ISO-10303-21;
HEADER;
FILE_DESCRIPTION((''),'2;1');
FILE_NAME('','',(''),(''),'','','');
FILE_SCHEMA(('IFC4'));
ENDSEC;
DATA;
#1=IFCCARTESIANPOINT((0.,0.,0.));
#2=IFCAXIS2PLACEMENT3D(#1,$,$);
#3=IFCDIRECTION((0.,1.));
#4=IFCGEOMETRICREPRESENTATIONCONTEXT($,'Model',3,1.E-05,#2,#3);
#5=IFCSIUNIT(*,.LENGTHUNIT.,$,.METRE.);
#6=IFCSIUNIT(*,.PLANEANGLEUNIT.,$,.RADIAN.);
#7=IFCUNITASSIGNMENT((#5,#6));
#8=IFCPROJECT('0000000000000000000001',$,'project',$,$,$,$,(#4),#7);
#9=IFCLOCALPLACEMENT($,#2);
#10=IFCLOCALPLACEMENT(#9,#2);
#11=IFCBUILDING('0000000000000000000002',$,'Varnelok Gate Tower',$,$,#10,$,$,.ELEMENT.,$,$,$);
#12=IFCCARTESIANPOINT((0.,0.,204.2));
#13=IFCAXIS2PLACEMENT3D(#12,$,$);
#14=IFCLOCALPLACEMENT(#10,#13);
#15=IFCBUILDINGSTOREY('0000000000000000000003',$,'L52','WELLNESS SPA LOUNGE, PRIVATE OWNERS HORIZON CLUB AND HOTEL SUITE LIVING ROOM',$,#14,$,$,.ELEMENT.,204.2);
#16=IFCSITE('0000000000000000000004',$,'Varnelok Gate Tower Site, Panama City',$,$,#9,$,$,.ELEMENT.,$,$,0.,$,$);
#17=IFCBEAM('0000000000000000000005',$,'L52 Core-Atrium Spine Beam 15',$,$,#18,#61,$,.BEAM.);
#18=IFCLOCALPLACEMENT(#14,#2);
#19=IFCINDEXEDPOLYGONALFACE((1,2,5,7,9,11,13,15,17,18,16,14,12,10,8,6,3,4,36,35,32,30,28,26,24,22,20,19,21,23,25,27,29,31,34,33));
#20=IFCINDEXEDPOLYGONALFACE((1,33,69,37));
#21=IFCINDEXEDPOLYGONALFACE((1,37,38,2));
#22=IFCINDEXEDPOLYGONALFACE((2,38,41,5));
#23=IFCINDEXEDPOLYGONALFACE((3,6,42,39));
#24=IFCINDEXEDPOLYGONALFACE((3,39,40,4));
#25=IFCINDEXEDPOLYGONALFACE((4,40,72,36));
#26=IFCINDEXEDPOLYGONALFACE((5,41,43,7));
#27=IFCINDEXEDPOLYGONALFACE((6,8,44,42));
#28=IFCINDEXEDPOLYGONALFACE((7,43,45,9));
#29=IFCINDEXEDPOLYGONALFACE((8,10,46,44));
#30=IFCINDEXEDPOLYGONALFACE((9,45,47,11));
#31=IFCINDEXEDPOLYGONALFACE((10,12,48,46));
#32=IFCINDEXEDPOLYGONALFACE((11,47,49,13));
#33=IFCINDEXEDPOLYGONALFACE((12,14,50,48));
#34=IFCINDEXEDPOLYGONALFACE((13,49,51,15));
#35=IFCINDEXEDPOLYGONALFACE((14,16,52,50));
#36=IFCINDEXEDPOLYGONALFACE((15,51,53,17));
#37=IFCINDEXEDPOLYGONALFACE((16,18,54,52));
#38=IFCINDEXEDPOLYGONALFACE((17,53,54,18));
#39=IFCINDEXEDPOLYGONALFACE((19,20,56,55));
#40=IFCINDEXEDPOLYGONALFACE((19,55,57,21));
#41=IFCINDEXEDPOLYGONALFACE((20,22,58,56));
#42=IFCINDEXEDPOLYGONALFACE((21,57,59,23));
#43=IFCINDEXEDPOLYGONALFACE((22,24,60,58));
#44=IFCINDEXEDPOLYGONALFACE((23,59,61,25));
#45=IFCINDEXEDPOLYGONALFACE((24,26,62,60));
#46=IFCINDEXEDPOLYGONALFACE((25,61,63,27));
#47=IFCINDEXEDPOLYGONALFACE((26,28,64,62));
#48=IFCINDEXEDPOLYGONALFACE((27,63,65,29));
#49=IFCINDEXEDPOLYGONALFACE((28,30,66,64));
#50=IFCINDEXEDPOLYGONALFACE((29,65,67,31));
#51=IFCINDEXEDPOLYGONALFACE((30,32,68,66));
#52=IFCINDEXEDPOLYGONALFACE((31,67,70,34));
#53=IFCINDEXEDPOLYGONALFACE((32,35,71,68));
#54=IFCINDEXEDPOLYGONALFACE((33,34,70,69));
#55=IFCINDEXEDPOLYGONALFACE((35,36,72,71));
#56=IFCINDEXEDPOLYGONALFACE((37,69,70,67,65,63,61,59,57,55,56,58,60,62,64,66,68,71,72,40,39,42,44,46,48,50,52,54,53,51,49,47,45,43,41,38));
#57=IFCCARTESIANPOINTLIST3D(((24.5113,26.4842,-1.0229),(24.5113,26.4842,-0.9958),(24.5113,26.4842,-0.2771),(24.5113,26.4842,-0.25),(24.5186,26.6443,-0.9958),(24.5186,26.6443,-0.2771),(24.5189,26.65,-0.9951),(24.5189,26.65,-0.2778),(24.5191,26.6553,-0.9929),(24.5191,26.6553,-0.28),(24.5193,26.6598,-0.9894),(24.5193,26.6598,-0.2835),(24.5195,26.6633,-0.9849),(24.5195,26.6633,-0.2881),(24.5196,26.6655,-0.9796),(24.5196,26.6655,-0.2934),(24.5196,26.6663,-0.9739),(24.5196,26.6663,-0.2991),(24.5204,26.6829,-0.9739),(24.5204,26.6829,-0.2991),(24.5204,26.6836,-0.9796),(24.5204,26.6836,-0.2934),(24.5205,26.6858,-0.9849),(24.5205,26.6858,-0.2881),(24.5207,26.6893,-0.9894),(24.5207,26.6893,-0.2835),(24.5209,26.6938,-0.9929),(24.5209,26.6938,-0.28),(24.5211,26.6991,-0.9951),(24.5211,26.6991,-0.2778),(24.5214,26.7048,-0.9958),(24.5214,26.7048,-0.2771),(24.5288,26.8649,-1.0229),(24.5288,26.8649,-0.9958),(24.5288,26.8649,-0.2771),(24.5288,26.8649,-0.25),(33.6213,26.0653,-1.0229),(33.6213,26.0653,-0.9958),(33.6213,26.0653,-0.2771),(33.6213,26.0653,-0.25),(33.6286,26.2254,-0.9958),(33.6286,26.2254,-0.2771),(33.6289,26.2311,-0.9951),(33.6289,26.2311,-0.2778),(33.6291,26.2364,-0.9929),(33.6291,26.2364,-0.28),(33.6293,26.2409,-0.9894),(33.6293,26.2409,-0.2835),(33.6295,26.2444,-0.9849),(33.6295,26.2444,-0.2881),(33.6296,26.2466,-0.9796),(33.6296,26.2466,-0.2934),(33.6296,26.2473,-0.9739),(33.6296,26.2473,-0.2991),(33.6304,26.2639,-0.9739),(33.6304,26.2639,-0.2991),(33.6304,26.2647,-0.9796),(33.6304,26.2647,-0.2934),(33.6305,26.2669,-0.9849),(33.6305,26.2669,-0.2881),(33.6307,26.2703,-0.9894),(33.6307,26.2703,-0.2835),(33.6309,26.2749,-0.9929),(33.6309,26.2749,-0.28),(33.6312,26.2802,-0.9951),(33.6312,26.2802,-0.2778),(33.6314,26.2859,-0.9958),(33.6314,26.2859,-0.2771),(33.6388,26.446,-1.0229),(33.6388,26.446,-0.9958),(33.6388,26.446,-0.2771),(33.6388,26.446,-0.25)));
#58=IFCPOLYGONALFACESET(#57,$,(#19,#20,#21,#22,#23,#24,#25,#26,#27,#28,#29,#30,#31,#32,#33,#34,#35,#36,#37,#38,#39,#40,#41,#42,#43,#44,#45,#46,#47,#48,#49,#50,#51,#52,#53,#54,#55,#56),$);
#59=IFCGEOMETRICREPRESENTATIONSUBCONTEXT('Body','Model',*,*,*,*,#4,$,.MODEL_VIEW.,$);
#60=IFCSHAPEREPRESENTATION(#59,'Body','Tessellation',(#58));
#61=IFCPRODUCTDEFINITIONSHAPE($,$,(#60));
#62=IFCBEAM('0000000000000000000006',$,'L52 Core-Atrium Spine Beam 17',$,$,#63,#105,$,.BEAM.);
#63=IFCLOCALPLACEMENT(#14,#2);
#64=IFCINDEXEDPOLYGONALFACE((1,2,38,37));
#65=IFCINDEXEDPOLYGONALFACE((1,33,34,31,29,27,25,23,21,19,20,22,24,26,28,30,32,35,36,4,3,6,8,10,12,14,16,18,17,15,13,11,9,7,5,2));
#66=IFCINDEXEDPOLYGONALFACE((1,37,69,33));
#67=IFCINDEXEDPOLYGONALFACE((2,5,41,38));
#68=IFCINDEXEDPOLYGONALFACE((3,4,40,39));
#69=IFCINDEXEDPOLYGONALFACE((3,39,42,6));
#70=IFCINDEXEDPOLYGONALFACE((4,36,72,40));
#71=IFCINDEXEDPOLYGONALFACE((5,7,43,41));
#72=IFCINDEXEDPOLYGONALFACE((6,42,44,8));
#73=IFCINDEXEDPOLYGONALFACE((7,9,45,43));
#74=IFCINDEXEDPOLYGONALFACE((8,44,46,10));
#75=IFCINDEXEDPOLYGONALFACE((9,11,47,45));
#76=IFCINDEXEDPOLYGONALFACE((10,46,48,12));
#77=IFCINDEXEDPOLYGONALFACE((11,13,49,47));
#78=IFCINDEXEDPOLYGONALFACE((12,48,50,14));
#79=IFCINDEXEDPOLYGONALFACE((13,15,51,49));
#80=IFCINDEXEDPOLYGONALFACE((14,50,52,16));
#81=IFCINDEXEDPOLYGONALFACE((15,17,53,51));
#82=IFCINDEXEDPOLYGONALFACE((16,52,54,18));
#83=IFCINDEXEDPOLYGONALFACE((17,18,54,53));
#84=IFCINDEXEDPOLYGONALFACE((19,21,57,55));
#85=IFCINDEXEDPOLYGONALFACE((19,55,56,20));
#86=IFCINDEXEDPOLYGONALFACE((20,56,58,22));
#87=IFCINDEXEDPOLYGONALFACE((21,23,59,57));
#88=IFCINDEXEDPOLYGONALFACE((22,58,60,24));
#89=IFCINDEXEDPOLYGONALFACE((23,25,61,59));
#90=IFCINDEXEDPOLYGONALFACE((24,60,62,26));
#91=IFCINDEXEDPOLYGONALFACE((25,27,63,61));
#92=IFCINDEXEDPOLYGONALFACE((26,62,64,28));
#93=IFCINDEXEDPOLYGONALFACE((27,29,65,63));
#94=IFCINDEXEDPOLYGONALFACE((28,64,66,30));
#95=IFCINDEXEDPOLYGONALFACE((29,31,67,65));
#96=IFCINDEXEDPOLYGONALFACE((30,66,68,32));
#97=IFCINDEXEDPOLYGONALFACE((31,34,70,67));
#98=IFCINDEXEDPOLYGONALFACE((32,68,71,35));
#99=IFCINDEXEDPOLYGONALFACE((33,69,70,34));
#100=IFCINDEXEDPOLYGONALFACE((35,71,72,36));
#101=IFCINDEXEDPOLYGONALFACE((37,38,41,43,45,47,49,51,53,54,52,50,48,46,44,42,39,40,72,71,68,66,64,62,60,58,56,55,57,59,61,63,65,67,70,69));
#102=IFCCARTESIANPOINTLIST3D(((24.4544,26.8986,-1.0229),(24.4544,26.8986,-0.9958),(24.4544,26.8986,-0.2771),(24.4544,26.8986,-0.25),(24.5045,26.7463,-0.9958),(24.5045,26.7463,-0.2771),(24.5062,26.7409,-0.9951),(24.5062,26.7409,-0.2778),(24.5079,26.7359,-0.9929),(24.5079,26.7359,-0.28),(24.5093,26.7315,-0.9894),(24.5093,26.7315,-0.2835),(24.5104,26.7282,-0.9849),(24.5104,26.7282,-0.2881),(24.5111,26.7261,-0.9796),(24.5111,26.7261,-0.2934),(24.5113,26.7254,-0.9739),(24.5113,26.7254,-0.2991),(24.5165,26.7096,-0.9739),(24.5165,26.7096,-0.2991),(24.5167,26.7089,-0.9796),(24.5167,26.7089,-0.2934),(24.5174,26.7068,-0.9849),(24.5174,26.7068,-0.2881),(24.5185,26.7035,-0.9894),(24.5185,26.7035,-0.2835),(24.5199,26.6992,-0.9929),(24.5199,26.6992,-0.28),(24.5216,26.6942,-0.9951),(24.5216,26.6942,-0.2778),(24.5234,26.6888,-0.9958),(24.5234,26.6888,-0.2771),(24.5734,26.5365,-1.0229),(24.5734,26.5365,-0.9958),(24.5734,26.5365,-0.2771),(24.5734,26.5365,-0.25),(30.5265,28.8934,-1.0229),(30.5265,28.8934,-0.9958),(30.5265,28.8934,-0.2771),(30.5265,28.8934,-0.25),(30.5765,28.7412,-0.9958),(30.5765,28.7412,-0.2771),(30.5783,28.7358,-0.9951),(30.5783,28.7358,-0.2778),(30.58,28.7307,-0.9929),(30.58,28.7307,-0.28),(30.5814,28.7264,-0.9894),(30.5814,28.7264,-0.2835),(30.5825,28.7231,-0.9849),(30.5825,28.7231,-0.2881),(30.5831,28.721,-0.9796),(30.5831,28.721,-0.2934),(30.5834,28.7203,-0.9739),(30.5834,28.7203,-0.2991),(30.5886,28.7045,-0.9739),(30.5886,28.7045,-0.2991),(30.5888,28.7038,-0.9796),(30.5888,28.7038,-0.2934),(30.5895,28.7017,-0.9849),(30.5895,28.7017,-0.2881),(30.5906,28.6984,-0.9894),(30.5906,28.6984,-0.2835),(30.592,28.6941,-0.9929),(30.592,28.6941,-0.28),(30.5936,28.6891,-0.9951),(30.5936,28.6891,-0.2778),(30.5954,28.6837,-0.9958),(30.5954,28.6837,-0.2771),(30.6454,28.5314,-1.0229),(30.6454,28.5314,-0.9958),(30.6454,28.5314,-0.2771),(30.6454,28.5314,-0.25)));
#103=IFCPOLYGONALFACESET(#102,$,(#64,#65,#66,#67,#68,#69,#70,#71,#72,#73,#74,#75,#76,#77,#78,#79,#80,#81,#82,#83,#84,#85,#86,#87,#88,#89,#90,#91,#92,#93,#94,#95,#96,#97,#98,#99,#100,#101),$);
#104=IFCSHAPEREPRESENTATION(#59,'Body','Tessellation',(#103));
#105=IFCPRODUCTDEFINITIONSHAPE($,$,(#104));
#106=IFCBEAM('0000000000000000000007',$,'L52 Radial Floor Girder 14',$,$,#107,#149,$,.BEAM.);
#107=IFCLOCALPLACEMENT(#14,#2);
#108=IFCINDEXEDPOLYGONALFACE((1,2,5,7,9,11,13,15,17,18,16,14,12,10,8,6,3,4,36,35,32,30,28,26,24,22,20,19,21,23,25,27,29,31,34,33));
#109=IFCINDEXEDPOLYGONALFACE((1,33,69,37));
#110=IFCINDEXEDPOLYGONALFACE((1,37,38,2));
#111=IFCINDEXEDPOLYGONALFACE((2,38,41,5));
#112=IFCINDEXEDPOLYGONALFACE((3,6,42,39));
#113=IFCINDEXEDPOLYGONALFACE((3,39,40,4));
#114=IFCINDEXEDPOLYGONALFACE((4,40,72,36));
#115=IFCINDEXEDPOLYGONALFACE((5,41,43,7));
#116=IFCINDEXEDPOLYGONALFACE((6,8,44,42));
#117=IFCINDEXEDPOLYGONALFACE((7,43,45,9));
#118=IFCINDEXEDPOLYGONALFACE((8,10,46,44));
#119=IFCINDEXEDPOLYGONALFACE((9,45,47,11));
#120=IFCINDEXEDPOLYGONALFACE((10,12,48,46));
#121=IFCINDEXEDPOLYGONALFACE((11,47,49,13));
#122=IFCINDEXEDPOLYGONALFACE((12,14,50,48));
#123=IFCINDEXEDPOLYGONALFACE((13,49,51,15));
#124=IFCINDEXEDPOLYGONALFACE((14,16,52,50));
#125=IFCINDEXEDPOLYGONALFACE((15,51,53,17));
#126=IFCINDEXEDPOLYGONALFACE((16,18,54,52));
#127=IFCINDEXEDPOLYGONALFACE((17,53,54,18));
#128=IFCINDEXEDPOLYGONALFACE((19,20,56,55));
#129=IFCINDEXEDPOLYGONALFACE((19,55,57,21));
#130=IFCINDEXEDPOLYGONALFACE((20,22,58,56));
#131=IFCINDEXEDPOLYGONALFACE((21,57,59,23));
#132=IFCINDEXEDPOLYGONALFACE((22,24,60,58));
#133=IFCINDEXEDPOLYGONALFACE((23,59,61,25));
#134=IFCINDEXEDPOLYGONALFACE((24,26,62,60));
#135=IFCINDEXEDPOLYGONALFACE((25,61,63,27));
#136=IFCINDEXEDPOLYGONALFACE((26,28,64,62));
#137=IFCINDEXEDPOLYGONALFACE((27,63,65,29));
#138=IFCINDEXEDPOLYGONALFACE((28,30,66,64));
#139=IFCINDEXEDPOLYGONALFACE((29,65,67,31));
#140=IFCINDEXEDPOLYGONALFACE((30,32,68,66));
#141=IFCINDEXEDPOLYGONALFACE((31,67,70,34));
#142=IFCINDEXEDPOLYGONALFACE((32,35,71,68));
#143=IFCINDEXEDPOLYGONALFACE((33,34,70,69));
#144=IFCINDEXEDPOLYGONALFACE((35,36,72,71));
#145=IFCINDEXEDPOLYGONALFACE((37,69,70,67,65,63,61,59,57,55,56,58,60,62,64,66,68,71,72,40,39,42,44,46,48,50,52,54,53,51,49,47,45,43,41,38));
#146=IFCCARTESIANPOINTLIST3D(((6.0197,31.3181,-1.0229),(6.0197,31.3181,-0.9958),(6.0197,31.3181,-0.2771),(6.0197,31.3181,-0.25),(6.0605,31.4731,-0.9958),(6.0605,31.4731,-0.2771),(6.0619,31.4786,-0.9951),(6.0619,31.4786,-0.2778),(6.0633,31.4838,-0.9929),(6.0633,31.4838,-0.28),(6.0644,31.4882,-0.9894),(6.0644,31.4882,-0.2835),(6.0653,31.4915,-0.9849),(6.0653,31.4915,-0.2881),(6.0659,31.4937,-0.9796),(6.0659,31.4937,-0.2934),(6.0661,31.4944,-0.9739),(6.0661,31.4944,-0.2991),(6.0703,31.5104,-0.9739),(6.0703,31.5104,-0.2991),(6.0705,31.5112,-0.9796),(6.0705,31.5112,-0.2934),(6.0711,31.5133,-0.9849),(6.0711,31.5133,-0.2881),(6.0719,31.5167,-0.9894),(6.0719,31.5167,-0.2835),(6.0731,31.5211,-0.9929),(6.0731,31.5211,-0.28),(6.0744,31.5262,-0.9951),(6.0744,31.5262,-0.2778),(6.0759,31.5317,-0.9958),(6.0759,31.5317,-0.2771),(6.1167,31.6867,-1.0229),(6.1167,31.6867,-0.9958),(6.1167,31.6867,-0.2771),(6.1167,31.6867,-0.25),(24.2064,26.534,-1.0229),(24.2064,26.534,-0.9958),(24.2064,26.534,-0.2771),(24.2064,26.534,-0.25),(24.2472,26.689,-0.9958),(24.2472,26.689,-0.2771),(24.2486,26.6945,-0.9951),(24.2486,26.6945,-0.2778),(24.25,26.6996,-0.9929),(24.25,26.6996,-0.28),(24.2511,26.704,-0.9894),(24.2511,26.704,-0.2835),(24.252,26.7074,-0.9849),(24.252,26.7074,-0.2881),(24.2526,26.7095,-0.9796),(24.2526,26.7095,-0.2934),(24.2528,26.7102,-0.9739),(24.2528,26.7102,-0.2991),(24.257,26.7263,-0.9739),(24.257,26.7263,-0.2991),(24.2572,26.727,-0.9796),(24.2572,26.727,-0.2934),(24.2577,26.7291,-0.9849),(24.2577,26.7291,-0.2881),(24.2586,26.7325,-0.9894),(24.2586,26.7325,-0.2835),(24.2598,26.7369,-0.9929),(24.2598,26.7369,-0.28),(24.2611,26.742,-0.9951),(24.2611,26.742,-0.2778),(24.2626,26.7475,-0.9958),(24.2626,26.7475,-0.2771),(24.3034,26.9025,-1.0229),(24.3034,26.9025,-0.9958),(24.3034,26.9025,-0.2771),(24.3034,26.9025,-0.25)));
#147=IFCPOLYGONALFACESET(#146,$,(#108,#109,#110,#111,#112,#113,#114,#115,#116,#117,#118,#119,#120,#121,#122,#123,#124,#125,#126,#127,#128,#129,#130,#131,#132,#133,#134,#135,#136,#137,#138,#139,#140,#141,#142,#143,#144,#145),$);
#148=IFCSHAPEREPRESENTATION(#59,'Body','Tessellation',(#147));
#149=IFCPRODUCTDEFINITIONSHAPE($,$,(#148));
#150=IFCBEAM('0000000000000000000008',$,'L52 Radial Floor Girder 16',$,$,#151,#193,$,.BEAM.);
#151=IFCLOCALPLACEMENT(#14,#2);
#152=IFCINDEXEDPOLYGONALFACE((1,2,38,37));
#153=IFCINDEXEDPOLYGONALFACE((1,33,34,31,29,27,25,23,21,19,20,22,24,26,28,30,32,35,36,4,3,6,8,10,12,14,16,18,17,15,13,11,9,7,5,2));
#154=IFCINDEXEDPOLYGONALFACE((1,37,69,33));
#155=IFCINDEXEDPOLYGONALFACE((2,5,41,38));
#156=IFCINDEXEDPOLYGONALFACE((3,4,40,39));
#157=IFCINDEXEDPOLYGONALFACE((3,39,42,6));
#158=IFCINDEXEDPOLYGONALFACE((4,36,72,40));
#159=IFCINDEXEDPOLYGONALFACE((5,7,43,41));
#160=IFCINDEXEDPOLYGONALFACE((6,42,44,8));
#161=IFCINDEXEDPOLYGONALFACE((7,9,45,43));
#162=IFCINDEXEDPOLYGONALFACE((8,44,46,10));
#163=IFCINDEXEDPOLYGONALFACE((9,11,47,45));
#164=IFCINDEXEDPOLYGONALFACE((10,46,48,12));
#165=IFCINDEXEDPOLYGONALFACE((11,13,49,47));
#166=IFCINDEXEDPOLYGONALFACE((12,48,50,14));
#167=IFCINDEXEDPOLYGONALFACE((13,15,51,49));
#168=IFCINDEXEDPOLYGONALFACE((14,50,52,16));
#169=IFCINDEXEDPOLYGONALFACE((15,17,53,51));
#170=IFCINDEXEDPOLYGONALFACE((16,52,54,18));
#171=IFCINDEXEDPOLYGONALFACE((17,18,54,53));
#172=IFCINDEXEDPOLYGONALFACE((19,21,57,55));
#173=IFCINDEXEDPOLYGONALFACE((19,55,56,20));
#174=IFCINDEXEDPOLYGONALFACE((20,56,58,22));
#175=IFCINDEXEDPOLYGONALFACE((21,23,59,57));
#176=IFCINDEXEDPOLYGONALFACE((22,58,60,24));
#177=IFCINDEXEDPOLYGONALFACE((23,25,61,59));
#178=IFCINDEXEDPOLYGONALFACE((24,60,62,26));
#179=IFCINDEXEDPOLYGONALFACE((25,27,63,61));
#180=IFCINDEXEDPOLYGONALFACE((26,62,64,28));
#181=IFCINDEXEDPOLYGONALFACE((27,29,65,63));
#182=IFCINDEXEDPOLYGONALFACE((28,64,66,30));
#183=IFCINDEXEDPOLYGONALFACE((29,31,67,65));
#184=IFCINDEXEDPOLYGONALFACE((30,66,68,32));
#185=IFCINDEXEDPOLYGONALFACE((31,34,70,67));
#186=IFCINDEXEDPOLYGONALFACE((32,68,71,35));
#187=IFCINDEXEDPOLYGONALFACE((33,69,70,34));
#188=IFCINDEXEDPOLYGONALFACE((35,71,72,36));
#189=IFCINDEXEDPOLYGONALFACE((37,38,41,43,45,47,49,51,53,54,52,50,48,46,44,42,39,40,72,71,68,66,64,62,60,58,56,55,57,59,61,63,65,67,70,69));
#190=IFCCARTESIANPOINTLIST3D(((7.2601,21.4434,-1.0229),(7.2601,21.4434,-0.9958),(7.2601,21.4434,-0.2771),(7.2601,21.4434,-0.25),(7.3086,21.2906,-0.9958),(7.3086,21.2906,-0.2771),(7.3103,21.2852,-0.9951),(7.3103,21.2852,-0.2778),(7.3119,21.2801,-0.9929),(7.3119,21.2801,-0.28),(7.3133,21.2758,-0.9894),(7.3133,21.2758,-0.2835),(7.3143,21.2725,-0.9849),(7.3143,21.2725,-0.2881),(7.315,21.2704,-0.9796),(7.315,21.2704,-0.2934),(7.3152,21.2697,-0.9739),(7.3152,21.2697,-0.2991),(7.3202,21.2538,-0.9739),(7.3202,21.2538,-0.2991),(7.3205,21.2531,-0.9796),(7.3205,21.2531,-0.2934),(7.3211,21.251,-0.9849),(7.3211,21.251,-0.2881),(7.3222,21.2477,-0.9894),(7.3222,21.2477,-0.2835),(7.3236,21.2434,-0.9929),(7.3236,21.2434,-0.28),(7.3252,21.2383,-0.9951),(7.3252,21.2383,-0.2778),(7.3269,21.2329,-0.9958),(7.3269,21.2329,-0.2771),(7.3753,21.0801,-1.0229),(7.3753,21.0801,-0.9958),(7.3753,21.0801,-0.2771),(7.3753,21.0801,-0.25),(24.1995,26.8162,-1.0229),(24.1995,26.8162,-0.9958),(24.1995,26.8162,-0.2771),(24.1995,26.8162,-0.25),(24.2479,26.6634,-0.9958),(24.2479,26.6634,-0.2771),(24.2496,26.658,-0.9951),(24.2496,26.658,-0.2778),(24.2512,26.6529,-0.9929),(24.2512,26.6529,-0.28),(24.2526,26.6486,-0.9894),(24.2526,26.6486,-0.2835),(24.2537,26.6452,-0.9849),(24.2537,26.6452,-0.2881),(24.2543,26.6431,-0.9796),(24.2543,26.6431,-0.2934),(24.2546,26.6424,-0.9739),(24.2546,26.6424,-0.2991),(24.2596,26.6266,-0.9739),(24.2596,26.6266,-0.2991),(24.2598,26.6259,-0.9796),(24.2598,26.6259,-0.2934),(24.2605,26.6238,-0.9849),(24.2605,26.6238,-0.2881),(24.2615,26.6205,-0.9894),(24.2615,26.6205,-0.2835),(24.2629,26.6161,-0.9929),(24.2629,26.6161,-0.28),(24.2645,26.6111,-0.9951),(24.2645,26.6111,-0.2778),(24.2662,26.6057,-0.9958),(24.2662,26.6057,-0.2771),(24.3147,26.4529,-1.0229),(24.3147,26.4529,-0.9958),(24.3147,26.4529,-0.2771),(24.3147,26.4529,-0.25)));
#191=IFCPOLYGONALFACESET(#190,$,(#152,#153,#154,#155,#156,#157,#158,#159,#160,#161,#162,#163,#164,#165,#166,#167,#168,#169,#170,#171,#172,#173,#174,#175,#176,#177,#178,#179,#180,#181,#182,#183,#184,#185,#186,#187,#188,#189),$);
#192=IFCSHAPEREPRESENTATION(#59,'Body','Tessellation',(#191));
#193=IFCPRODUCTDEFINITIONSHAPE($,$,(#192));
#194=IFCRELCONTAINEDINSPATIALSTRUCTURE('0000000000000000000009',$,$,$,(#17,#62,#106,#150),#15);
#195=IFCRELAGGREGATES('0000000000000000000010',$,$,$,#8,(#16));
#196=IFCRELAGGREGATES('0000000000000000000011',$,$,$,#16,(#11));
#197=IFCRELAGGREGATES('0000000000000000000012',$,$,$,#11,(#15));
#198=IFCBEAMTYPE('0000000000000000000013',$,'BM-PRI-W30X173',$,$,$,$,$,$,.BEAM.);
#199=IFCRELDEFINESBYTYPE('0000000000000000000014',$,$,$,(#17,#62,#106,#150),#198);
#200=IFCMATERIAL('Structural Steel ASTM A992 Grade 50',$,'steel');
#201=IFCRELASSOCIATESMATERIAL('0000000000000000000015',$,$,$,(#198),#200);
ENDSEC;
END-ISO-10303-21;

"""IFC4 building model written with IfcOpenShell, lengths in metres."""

from ifc_helpers import new_model, si_unit, direction, frame, origin, origin_2d, place, context, subcontext, project, spatial, i_section, extrude, material, material_profile, profile_set, type_object, element, save


model = new_model("IFC4")

# Units and contexts
model_context = context("Model", 3, precision=1e-05, world=origin(), true_north=direction((0.0, 1.0)))
body_context = subcontext(model_context, "Body", "Model", "MODEL_VIEW")
ifc_project = project(units=[si_unit("LENGTHUNIT", "METRE"), si_unit("PLANEANGLEUNIT", "RADIAN")], contexts=[model_context])

# Site, building, storey
site_placement = place(None, origin())
site = spatial("IfcSite", under=ifc_project, at=site_placement, Name="Varnelok Gate Tower Site, Panama City", CompositionType="ELEMENT", RefElevation=0.0)
building_placement = place(site_placement, origin())
building = spatial("IfcBuilding", under=site, at=building_placement, Name="Varnelok Gate Tower", CompositionType="ELEMENT")
storey_placement = place(building_placement, frame((0.0, 0.0, 204.2)))
storey = spatial("IfcBuildingStorey", under=building, at=storey_placement, Name="L52", Description="WELLNESS SPA LOUNGE, PRIVATE OWNERS HORIZON CLUB AND HOTEL SUITE LIVING ROOM", CompositionType="ELEMENT", Elevation=204.2)

# Shared definitions
ifc_material_1 = material(Name="Structural Steel ASTM A992 Grade 50", Category="steel")

# Beams
ifc_material_profile_1 = material_profile(ifc_material_1, i_section(OverallWidth=0.3811, OverallDepth=0.7729, WebThickness=0.0166, FlangeThickness=0.0271, FilletRadius=0.022, at=origin_2d()), Name="W30X173")
ifc_profile_set_1 = profile_set([ifc_material_profile_1], Name="Structural Steel ASTM A992 Grade 50")
beam_type_1 = type_object("IfcBeamType", Name="BM-PRI-W30X173", PredefinedType="BEAM", material=ifc_profile_set_1)
beam_1_placement = place(storey_placement, frame((24.52, 26.6746, -0.6365), z_axis=(0.998944, -0.045938, 0.0), x_axis=(0.045938, 0.998944, 0.0)))
element("IfcBeam", 1, at=beam_1_placement, inside=storey, type_object=beam_type_1, Name="L52 Core-Atrium Spine Beam 15", PredefinedType="BEAM", context=body_context, shape_type="SweptSolid", body=[
    extrude(i_section(OverallWidth=0.3811, OverallDepth=0.7729, WebThickness=0.0166, FlangeThickness=0.0271, FilletRadius=0.022, at=origin_2d()), origin(), (0.0, 0.0, 1.0), 9.1196),
])
beam_2_placement = place(storey_placement, frame((24.5139, 26.7175, -0.6365), z_axis=(0.950042, 0.312122, 0.0), x_axis=(-0.312122, 0.950042, 0.0)))
element("IfcBeam", 2, at=beam_2_placement, inside=storey, type_object=beam_type_1, Name="L52 Core-Atrium Spine Beam 17", PredefinedType="BEAM", context=body_context, shape_type="SweptSolid", body=[
    extrude(i_section(OverallWidth=0.3811, OverallDepth=0.7729, WebThickness=0.0166, FlangeThickness=0.0271, FilletRadius=0.022, at=origin_2d()), origin(), (0.0, 0.0, 1.0), 6.3914),
])
beam_3_placement = place(storey_placement, frame((24.2549, 26.7183, -0.6365), z_axis=(-0.967098, 0.254403, 0.0), x_axis=(-0.254403, -0.967098, 0.0)))
element("IfcBeam", 3, at=beam_3_placement, inside=storey, type_object=beam_type_1, Name="L52 Radial Floor Girder 14", PredefinedType="BEAM", context=body_context, shape_type="SweptSolid", body=[
    extrude(i_section(OverallWidth=0.3811, OverallDepth=0.7729, WebThickness=0.0166, FlangeThickness=0.0271, FilletRadius=0.022, at=origin_2d()), origin(), (0.0, 0.0, 1.0), 18.8054),
])
beam_4_placement = place(storey_placement, frame((24.2571, 26.6345, -0.6365), z_axis=(-0.953202, -0.302334, 0.0), x_axis=(0.302334, -0.953202, 0.0)))
element("IfcBeam", 4, at=beam_4_placement, inside=storey, type_object=beam_type_1, Name="L52 Radial Floor Girder 16", PredefinedType="BEAM", context=body_context, shape_type="SweptSolid", body=[
    extrude(i_section(OverallWidth=0.3811, OverallDepth=0.7729, WebThickness=0.0166, FlangeThickness=0.0271, FilletRadius=0.022, at=origin_2d()), origin(), (0.0, 0.0, 1.0), 17.771),
])

save(model, "model.ifc")
